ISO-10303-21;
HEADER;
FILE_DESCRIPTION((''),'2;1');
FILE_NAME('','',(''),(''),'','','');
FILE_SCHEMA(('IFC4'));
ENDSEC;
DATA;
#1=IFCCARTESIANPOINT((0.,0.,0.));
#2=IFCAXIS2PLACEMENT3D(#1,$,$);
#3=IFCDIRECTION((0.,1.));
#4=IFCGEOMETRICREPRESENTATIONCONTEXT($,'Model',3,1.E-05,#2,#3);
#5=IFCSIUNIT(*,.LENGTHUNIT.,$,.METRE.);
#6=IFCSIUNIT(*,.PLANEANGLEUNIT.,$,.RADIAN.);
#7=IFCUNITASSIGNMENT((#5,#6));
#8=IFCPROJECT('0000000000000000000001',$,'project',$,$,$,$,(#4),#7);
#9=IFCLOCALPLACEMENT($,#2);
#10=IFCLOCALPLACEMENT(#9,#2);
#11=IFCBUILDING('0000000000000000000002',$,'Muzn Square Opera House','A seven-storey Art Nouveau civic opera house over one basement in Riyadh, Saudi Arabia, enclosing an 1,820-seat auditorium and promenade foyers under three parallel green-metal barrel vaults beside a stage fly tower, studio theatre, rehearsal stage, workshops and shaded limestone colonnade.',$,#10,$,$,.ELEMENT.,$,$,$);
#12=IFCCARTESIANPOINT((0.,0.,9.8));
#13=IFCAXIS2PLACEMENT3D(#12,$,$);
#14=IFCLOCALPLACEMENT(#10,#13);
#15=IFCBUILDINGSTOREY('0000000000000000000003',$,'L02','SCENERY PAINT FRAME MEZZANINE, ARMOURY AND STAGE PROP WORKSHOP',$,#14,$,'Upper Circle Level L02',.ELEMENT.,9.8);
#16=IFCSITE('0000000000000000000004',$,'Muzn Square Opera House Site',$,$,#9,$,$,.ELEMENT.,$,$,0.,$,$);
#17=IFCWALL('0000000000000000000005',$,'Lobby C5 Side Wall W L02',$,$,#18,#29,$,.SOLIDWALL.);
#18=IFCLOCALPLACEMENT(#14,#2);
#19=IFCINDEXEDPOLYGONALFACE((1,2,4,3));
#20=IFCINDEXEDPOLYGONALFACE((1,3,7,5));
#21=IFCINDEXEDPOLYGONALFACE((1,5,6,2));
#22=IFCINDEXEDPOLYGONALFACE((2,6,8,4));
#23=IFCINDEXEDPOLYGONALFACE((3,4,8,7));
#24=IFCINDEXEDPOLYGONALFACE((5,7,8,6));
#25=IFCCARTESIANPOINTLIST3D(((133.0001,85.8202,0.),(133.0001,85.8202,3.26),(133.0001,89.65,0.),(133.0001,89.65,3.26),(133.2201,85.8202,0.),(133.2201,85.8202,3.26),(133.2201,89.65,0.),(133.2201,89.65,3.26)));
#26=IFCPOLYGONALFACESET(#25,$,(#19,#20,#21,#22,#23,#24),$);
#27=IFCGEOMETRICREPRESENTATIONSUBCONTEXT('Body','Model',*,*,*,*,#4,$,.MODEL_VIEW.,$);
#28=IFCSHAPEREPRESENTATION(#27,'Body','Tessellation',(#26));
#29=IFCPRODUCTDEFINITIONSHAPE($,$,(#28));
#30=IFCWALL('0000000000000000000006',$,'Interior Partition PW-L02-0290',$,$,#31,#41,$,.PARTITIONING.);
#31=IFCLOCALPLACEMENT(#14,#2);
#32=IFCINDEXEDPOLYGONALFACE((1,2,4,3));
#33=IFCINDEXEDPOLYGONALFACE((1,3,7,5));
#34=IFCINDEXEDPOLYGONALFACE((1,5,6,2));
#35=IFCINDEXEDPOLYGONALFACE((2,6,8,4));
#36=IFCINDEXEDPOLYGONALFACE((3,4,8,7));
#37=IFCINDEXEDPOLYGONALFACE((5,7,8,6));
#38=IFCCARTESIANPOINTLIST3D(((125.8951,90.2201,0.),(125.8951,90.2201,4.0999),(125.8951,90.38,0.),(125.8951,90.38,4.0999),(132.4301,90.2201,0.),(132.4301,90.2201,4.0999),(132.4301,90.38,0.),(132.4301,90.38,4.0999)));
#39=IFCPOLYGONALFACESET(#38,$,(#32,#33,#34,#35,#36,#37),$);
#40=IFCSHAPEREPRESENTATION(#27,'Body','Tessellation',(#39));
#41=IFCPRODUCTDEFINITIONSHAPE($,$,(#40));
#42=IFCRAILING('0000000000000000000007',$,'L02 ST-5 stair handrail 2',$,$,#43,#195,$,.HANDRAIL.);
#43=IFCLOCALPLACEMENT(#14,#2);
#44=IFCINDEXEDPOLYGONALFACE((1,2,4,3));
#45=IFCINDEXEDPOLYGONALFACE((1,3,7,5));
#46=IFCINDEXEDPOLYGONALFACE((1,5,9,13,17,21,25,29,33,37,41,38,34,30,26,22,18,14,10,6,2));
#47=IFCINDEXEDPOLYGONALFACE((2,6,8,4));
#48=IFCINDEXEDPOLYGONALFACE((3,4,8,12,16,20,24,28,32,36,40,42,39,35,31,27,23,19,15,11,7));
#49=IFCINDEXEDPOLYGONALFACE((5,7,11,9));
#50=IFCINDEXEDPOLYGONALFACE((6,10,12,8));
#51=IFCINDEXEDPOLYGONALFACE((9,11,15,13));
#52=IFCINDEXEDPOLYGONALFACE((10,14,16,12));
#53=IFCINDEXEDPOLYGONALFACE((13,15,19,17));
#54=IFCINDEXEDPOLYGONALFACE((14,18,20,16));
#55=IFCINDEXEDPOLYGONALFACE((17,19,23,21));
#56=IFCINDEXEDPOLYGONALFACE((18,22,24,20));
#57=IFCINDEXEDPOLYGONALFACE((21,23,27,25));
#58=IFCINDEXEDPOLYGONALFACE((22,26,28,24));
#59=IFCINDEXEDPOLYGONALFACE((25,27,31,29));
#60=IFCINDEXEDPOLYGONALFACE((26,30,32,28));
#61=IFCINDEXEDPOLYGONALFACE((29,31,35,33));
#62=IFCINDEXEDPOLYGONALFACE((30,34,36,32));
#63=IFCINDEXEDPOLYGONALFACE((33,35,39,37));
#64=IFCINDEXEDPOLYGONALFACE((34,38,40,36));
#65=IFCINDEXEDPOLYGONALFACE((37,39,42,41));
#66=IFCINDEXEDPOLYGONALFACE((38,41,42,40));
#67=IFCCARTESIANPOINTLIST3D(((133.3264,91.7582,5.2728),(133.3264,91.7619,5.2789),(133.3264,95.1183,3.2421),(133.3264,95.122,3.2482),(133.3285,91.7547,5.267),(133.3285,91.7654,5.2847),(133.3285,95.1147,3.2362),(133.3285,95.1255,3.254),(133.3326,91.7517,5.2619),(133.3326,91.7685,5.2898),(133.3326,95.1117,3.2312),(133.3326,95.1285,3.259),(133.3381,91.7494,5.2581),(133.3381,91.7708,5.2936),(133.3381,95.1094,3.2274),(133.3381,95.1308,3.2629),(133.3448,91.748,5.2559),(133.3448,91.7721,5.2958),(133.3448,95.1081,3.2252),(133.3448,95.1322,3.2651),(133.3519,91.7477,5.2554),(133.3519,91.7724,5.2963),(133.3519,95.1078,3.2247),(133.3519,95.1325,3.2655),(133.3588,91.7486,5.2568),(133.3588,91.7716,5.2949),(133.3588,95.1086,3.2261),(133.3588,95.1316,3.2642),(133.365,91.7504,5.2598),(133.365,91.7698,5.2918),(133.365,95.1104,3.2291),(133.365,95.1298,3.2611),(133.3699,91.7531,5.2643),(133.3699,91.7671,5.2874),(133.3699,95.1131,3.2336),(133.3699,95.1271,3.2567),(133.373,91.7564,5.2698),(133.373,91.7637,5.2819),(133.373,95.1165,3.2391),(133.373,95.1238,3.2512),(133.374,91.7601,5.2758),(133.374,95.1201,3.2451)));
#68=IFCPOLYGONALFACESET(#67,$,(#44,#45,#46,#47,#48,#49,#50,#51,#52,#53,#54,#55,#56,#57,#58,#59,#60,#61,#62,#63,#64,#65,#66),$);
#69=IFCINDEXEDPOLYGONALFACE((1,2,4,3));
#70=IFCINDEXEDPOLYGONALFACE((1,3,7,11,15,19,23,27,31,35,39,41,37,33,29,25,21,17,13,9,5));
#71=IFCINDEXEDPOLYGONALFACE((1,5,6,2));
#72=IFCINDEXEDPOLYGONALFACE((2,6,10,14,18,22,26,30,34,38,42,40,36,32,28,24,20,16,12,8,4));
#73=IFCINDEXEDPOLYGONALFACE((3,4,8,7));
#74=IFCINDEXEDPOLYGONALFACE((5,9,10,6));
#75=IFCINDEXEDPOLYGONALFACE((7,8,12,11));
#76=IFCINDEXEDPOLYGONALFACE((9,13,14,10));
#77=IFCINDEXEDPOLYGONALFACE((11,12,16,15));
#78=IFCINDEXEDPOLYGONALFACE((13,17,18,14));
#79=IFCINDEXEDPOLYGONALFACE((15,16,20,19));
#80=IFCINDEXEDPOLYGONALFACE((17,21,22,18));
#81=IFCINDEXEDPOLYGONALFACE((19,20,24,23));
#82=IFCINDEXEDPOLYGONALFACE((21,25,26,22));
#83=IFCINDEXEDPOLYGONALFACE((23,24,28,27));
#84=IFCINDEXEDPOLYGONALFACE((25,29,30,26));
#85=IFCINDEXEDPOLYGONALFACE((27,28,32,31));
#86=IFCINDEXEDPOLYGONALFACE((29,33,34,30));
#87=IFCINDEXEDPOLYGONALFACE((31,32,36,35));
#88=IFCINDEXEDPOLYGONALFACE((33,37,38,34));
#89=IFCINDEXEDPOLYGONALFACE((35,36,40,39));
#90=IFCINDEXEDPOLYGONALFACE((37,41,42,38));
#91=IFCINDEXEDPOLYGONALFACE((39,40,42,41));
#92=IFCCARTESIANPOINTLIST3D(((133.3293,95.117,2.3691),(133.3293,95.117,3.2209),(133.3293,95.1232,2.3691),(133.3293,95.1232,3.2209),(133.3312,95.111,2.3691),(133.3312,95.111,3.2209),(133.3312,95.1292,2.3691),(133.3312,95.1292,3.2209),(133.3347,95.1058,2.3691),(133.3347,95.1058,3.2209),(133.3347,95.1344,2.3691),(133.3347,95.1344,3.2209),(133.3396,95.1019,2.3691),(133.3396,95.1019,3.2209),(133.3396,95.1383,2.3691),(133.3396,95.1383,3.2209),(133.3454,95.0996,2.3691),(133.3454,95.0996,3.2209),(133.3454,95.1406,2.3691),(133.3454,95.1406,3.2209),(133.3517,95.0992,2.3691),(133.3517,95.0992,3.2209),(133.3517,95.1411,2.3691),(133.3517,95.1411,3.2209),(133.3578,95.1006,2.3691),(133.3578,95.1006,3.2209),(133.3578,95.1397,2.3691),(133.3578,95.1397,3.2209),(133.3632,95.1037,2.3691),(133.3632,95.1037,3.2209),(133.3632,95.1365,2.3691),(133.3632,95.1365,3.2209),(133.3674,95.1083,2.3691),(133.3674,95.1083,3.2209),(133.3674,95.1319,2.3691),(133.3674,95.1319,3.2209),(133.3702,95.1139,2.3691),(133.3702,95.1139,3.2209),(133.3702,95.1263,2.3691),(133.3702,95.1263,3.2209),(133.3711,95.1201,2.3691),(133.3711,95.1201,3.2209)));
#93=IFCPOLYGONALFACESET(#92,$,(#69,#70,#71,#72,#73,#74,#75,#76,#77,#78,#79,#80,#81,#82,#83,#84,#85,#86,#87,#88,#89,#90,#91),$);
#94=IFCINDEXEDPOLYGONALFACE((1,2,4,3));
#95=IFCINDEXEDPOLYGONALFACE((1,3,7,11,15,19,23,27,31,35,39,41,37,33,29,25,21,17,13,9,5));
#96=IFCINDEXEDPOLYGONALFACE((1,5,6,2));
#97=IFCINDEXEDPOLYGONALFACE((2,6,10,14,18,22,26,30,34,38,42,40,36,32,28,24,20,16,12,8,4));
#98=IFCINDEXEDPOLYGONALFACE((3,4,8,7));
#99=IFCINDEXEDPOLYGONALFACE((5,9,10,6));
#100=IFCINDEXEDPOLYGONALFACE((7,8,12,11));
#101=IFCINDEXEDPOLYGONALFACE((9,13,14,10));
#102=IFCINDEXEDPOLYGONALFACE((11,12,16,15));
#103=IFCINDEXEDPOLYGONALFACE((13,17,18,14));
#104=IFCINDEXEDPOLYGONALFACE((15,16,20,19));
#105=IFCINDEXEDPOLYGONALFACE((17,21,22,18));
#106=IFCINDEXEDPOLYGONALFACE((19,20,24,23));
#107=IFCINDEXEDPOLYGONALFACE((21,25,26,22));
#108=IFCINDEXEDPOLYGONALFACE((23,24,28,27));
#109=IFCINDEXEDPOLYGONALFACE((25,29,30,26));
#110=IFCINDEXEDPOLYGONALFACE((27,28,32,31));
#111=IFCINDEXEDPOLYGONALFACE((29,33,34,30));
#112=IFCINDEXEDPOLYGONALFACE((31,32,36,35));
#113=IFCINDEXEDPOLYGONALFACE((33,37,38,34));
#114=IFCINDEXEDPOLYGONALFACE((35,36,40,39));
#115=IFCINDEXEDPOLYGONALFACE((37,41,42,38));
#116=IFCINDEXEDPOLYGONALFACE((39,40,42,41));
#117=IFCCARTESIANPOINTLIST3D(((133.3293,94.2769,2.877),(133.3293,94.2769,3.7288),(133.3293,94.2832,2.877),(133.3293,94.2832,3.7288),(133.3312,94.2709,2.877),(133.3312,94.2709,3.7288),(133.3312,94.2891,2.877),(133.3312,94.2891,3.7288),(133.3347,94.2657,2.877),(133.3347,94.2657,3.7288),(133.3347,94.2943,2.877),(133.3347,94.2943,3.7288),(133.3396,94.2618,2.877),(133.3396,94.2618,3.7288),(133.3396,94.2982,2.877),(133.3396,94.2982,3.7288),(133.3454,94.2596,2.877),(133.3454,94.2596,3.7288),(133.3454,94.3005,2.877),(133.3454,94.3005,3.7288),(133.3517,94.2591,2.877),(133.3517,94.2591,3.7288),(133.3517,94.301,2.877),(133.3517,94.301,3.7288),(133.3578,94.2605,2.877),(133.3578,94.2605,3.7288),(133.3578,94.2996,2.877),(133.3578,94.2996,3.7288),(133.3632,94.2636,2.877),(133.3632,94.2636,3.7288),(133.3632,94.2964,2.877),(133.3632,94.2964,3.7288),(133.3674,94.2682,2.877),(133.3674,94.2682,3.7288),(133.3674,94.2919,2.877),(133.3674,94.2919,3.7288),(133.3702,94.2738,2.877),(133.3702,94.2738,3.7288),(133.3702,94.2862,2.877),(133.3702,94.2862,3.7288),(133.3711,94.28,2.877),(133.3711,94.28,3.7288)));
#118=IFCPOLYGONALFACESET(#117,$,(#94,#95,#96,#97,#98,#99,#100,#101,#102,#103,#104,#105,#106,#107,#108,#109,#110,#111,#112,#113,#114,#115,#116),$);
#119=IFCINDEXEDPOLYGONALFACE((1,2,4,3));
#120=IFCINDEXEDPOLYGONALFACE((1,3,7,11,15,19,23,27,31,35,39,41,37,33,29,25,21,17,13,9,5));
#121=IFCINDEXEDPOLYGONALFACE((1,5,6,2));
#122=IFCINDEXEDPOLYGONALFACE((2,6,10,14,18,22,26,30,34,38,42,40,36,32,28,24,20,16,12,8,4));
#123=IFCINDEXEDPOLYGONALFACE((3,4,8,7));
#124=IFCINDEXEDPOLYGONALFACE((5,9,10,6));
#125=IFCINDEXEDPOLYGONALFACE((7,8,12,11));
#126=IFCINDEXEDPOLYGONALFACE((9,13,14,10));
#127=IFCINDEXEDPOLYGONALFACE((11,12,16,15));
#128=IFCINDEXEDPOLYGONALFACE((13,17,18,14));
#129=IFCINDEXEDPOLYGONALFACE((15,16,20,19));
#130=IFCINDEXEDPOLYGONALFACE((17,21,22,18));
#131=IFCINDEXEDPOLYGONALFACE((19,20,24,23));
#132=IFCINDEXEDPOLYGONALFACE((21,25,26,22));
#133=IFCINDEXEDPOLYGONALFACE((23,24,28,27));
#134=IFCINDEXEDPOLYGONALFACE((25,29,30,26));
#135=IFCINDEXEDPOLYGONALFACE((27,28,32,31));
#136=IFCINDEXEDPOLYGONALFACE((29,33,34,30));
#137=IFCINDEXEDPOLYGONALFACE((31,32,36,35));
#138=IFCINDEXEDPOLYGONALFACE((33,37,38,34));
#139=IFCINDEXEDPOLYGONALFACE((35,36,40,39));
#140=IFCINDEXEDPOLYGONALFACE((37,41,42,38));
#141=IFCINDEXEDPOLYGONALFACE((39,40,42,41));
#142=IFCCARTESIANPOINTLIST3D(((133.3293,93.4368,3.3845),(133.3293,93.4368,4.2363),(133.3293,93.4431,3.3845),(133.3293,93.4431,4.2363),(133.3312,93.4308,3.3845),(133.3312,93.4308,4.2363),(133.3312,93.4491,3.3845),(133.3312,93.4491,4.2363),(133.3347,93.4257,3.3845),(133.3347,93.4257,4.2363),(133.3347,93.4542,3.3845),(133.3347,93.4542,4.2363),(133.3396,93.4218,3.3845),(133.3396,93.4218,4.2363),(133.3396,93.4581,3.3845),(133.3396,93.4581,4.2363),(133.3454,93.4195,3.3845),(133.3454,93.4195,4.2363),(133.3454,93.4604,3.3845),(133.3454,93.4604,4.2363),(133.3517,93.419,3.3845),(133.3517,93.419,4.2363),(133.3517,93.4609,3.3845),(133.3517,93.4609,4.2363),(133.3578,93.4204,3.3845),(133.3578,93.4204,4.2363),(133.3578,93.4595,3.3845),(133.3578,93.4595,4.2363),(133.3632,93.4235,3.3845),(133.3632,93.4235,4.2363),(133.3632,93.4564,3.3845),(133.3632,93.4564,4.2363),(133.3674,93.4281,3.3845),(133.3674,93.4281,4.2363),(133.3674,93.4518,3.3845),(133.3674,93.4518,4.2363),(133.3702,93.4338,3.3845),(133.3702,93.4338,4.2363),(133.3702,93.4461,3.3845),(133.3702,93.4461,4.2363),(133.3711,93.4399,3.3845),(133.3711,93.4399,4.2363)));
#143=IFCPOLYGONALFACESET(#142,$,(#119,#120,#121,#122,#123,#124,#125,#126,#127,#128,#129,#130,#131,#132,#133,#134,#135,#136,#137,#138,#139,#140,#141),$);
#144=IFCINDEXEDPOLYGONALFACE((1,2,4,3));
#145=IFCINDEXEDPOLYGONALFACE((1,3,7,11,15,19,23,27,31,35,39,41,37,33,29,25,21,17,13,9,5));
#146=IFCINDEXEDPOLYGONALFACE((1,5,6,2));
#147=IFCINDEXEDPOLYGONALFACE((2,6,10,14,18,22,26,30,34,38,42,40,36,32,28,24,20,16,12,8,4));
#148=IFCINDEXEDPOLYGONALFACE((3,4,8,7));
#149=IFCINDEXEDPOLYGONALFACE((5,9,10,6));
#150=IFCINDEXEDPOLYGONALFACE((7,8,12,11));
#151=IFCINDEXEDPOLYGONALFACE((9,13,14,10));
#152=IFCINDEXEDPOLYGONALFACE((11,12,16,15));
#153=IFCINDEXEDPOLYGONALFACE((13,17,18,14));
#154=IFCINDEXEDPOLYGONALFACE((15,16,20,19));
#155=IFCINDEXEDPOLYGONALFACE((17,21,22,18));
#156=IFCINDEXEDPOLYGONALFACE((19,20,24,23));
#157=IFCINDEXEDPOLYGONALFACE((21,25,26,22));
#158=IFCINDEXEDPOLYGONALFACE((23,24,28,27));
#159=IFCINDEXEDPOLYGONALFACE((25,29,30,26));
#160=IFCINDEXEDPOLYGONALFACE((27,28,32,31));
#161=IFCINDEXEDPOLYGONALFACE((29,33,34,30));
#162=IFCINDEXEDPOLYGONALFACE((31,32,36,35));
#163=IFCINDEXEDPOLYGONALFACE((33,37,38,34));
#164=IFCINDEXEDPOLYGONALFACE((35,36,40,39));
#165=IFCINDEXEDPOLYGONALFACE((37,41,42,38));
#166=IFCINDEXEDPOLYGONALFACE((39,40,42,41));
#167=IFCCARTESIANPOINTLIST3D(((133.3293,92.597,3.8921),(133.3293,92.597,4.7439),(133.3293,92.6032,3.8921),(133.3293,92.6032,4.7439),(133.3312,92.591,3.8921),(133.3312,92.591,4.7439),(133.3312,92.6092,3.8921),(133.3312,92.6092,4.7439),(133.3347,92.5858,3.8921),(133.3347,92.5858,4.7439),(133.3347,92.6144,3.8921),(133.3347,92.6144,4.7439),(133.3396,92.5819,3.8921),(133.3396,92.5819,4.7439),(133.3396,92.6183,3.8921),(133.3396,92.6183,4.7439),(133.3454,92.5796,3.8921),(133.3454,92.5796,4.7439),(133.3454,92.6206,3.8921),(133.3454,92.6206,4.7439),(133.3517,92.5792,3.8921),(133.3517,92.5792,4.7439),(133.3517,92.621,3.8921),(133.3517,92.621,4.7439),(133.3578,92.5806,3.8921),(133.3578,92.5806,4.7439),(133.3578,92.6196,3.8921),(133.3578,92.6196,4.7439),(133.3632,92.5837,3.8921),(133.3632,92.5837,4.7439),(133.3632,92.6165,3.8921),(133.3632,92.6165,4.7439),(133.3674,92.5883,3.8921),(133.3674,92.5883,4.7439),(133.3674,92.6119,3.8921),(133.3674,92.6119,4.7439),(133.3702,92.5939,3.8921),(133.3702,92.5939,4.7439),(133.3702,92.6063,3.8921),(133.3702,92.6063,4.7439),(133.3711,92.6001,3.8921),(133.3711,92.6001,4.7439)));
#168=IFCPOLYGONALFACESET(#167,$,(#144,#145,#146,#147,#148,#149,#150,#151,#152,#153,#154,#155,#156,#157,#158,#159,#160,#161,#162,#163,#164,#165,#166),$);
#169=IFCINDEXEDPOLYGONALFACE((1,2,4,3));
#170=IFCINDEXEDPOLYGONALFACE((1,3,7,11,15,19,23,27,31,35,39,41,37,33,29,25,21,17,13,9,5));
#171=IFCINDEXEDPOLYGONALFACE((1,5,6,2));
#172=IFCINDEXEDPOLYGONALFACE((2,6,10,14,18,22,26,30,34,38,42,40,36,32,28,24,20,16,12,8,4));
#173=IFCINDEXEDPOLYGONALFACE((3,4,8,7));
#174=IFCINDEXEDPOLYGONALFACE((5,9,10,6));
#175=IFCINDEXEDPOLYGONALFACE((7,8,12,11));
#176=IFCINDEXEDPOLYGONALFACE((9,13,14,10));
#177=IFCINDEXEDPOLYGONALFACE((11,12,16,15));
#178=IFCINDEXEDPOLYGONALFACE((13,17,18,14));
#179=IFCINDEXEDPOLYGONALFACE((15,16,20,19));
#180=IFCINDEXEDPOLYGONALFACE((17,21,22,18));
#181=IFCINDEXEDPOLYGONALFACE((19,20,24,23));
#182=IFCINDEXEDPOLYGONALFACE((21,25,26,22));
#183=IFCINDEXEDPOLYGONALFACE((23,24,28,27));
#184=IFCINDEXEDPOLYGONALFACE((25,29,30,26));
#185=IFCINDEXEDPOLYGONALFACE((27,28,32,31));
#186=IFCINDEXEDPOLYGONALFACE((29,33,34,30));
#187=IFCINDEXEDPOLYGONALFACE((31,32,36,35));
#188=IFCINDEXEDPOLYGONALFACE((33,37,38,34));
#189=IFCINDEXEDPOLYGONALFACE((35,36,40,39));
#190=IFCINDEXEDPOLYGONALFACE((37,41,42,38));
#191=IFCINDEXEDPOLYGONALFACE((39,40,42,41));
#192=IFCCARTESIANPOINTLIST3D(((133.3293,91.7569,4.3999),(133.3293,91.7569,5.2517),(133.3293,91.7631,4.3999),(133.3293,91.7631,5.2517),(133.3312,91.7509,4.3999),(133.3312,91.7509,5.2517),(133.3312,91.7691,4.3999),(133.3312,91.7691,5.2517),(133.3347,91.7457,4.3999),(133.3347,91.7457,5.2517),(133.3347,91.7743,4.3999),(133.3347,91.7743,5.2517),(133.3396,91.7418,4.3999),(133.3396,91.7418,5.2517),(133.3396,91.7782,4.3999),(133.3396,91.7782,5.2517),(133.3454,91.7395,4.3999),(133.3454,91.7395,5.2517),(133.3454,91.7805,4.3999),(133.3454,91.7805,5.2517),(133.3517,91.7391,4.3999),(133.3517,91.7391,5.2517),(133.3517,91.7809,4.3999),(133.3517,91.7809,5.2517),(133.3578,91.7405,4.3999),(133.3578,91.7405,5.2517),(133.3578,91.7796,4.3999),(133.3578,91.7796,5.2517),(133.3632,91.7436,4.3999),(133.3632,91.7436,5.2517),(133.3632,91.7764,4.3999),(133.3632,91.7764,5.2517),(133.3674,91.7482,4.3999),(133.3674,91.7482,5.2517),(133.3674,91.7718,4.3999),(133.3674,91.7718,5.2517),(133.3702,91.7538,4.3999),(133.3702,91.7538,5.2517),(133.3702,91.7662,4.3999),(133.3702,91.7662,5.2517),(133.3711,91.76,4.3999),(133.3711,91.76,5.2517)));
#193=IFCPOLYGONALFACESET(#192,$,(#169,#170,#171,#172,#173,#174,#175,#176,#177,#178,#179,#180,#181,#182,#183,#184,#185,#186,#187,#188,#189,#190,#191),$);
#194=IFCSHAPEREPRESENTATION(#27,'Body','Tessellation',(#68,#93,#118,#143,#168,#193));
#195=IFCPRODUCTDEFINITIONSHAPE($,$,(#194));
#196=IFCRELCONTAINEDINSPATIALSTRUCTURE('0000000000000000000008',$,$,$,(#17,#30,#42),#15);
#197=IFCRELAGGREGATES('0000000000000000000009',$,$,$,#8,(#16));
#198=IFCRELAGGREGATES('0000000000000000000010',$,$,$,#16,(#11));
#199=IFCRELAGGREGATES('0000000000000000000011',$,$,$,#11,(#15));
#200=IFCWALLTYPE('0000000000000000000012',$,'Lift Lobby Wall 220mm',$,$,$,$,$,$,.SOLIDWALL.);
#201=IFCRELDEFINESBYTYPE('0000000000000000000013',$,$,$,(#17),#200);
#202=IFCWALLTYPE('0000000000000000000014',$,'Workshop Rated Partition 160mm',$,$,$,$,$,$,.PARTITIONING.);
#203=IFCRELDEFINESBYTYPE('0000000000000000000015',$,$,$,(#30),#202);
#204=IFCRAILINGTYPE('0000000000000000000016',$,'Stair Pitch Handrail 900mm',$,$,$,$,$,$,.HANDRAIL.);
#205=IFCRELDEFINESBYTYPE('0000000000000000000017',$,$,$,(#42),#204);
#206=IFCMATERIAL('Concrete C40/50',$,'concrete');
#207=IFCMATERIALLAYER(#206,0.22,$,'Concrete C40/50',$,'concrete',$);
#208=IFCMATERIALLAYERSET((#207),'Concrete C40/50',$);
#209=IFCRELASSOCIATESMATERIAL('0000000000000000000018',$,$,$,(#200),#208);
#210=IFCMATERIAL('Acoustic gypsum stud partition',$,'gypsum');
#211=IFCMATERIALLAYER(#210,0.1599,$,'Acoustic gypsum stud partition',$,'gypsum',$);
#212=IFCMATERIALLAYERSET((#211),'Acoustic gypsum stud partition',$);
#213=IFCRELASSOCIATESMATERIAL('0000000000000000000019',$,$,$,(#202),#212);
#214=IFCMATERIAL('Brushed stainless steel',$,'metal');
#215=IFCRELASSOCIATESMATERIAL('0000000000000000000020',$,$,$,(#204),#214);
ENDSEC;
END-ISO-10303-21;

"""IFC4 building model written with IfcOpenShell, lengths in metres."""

from ifc_helpers import new_model, si_unit, direction, frame, frame_2d, origin, origin_2d, place, context, subcontext, project, spatial, rectangle, circle, extrude, material, layer, layer_set, type_object, element, save


model = new_model("IFC4")

# Units and contexts
model_context = context("Model", 3, precision=1e-05, world=origin(), true_north=direction((0.0, 1.0)))
body_context = subcontext(model_context, "Body", "Model", "MODEL_VIEW")
ifc_project = project(units=[si_unit("LENGTHUNIT", "METRE"), si_unit("PLANEANGLEUNIT", "RADIAN")], contexts=[model_context])

# Site, building, storey
site_placement = place(None, origin())
site = spatial("IfcSite", under=ifc_project, at=site_placement, Name="Muzn Square Opera House Site", CompositionType="ELEMENT", RefElevation=0.0)
building_placement = place(site_placement, origin())
building = spatial("IfcBuilding", under=site, at=building_placement, Name="Muzn Square Opera House", Description="A seven-storey Art Nouveau civic opera house over one basement in Riyadh, Saudi Arabia, enclosing an 1,820-seat auditorium and promenade foyers under three parallel green-metal barrel vaults beside a stage fly tower, studio theatre, rehearsal stage, workshops and shaded limestone colonnade.", CompositionType="ELEMENT")
storey_placement = place(building_placement, frame((0.0, 0.0, 9.8)))
storey = spatial("IfcBuildingStorey", under=building, at=storey_placement, Name="L02", Description="SCENERY PAINT FRAME MEZZANINE, ARMOURY AND STAGE PROP WORKSHOP", LongName="Upper Circle Level L02", CompositionType="ELEMENT", Elevation=9.8)

# Shared definitions
ifc_material_1 = material(Name="Concrete C40/50", Category="concrete")

# Shared definitions
ifc_material_2 = material(Name="Brushed stainless steel", Category="metal")

# Shared definitions
ifc_layer_1 = layer(ifc_material_1, 0.22, Name="Concrete C40/50", Category="concrete")
ifc_layer_set_1 = layer_set([ifc_layer_1], Name="Concrete C40/50")
wall_type_1 = type_object("IfcWallType", Name="Lift Lobby Wall 220mm", PredefinedType="SOLIDWALL", material=ifc_layer_set_1)

# Walls
wall_1_placement = place(storey_placement, frame((133.1101, 85.8201, 0.0), z_axis=(0.0, 0.0, 1.0), x_axis=(0.0, 1.0, 0.0)))
element("IfcWall", 1, at=wall_1_placement, inside=storey, type_object=wall_type_1, Name="Lobby C5 Side Wall W L02", PredefinedType="SOLIDWALL", context=body_context, shape_type="SweptSolid", body=[
    extrude(rectangle(XDim=3.8298, YDim=0.22, at=frame_2d((1.915, 0.0))), origin(), (0.0, 0.0, 1.0), 3.26),
])
ifc_material_3 = material(Name="Acoustic gypsum stud partition", Category="gypsum")
ifc_layer_2 = layer(ifc_material_3, 0.1599, Name="Acoustic gypsum stud partition", Category="gypsum")
ifc_layer_set_2 = layer_set([ifc_layer_2], Name="Acoustic gypsum stud partition")
wall_type_2 = type_object("IfcWallType", Name="Workshop Rated Partition 160mm", PredefinedType="PARTITIONING", material=ifc_layer_set_2)
wall_2_placement = place(storey_placement, frame((125.895, 90.3, 0.0), z_axis=(0.0, 0.0, 1.0), x_axis=(1.0, 0.0, 0.0)))
element("IfcWall", 2, at=wall_2_placement, inside=storey, type_object=wall_type_2, Name="Interior Partition PW-L02-0290", PredefinedType="PARTITIONING", context=body_context, shape_type="SweptSolid", body=[
    extrude(rectangle(XDim=6.5349, YDim=0.1599, at=frame_2d((3.2676, 0.0))), origin(), (0.0, 0.0, 1.0), 4.0999),
])

# Railing
railing_type = type_object("IfcRailingType", Name="Stair Pitch Handrail 900mm", PredefinedType="HANDRAIL", material=ifc_material_2)
railing_placement = place(storey_placement, frame((133.3501, 95.1201, 2.3691)))
element("IfcRailing", 3, at=railing_placement, inside=storey, type_object=railing_type, Name="L02 ST-5 stair handrail 2", PredefinedType="HANDRAIL", context=body_context, shape_type="SweptSolid", body=[
    extrude(circle(Radius=0.0239, at=origin_2d()), frame((0.0, 0.0, 0.876), z_axis=(0.0, -0.855837, 0.517246), x_axis=(1.0, 0.0, 0.0)), (0.0, 0.0, 1.0), 3.926),
    extrude(circle(Radius=0.021, at=origin_2d()), origin(), (0.0, 0.0, 1.0), 0.8518),
    extrude(circle(Radius=0.021, at=origin_2d()), frame((0.0, -0.8401, 0.5078)), (0.0, 0.0, 1.0), 0.8518),
    extrude(circle(Radius=0.021, at=origin_2d()), frame((0.0, -1.6802, 1.0154)), (0.0, 0.0, 1.0), 0.8518),
    extrude(circle(Radius=0.021, at=origin_2d()), frame((0.0, -2.52, 1.5229)), (0.0, 0.0, 1.0), 0.8518),
    extrude(circle(Radius=0.021, at=origin_2d()), frame((0.0, -3.3601, 2.0308)), (0.0, 0.0, 1.0), 0.8518),
])

save(model, "model.ifc")
